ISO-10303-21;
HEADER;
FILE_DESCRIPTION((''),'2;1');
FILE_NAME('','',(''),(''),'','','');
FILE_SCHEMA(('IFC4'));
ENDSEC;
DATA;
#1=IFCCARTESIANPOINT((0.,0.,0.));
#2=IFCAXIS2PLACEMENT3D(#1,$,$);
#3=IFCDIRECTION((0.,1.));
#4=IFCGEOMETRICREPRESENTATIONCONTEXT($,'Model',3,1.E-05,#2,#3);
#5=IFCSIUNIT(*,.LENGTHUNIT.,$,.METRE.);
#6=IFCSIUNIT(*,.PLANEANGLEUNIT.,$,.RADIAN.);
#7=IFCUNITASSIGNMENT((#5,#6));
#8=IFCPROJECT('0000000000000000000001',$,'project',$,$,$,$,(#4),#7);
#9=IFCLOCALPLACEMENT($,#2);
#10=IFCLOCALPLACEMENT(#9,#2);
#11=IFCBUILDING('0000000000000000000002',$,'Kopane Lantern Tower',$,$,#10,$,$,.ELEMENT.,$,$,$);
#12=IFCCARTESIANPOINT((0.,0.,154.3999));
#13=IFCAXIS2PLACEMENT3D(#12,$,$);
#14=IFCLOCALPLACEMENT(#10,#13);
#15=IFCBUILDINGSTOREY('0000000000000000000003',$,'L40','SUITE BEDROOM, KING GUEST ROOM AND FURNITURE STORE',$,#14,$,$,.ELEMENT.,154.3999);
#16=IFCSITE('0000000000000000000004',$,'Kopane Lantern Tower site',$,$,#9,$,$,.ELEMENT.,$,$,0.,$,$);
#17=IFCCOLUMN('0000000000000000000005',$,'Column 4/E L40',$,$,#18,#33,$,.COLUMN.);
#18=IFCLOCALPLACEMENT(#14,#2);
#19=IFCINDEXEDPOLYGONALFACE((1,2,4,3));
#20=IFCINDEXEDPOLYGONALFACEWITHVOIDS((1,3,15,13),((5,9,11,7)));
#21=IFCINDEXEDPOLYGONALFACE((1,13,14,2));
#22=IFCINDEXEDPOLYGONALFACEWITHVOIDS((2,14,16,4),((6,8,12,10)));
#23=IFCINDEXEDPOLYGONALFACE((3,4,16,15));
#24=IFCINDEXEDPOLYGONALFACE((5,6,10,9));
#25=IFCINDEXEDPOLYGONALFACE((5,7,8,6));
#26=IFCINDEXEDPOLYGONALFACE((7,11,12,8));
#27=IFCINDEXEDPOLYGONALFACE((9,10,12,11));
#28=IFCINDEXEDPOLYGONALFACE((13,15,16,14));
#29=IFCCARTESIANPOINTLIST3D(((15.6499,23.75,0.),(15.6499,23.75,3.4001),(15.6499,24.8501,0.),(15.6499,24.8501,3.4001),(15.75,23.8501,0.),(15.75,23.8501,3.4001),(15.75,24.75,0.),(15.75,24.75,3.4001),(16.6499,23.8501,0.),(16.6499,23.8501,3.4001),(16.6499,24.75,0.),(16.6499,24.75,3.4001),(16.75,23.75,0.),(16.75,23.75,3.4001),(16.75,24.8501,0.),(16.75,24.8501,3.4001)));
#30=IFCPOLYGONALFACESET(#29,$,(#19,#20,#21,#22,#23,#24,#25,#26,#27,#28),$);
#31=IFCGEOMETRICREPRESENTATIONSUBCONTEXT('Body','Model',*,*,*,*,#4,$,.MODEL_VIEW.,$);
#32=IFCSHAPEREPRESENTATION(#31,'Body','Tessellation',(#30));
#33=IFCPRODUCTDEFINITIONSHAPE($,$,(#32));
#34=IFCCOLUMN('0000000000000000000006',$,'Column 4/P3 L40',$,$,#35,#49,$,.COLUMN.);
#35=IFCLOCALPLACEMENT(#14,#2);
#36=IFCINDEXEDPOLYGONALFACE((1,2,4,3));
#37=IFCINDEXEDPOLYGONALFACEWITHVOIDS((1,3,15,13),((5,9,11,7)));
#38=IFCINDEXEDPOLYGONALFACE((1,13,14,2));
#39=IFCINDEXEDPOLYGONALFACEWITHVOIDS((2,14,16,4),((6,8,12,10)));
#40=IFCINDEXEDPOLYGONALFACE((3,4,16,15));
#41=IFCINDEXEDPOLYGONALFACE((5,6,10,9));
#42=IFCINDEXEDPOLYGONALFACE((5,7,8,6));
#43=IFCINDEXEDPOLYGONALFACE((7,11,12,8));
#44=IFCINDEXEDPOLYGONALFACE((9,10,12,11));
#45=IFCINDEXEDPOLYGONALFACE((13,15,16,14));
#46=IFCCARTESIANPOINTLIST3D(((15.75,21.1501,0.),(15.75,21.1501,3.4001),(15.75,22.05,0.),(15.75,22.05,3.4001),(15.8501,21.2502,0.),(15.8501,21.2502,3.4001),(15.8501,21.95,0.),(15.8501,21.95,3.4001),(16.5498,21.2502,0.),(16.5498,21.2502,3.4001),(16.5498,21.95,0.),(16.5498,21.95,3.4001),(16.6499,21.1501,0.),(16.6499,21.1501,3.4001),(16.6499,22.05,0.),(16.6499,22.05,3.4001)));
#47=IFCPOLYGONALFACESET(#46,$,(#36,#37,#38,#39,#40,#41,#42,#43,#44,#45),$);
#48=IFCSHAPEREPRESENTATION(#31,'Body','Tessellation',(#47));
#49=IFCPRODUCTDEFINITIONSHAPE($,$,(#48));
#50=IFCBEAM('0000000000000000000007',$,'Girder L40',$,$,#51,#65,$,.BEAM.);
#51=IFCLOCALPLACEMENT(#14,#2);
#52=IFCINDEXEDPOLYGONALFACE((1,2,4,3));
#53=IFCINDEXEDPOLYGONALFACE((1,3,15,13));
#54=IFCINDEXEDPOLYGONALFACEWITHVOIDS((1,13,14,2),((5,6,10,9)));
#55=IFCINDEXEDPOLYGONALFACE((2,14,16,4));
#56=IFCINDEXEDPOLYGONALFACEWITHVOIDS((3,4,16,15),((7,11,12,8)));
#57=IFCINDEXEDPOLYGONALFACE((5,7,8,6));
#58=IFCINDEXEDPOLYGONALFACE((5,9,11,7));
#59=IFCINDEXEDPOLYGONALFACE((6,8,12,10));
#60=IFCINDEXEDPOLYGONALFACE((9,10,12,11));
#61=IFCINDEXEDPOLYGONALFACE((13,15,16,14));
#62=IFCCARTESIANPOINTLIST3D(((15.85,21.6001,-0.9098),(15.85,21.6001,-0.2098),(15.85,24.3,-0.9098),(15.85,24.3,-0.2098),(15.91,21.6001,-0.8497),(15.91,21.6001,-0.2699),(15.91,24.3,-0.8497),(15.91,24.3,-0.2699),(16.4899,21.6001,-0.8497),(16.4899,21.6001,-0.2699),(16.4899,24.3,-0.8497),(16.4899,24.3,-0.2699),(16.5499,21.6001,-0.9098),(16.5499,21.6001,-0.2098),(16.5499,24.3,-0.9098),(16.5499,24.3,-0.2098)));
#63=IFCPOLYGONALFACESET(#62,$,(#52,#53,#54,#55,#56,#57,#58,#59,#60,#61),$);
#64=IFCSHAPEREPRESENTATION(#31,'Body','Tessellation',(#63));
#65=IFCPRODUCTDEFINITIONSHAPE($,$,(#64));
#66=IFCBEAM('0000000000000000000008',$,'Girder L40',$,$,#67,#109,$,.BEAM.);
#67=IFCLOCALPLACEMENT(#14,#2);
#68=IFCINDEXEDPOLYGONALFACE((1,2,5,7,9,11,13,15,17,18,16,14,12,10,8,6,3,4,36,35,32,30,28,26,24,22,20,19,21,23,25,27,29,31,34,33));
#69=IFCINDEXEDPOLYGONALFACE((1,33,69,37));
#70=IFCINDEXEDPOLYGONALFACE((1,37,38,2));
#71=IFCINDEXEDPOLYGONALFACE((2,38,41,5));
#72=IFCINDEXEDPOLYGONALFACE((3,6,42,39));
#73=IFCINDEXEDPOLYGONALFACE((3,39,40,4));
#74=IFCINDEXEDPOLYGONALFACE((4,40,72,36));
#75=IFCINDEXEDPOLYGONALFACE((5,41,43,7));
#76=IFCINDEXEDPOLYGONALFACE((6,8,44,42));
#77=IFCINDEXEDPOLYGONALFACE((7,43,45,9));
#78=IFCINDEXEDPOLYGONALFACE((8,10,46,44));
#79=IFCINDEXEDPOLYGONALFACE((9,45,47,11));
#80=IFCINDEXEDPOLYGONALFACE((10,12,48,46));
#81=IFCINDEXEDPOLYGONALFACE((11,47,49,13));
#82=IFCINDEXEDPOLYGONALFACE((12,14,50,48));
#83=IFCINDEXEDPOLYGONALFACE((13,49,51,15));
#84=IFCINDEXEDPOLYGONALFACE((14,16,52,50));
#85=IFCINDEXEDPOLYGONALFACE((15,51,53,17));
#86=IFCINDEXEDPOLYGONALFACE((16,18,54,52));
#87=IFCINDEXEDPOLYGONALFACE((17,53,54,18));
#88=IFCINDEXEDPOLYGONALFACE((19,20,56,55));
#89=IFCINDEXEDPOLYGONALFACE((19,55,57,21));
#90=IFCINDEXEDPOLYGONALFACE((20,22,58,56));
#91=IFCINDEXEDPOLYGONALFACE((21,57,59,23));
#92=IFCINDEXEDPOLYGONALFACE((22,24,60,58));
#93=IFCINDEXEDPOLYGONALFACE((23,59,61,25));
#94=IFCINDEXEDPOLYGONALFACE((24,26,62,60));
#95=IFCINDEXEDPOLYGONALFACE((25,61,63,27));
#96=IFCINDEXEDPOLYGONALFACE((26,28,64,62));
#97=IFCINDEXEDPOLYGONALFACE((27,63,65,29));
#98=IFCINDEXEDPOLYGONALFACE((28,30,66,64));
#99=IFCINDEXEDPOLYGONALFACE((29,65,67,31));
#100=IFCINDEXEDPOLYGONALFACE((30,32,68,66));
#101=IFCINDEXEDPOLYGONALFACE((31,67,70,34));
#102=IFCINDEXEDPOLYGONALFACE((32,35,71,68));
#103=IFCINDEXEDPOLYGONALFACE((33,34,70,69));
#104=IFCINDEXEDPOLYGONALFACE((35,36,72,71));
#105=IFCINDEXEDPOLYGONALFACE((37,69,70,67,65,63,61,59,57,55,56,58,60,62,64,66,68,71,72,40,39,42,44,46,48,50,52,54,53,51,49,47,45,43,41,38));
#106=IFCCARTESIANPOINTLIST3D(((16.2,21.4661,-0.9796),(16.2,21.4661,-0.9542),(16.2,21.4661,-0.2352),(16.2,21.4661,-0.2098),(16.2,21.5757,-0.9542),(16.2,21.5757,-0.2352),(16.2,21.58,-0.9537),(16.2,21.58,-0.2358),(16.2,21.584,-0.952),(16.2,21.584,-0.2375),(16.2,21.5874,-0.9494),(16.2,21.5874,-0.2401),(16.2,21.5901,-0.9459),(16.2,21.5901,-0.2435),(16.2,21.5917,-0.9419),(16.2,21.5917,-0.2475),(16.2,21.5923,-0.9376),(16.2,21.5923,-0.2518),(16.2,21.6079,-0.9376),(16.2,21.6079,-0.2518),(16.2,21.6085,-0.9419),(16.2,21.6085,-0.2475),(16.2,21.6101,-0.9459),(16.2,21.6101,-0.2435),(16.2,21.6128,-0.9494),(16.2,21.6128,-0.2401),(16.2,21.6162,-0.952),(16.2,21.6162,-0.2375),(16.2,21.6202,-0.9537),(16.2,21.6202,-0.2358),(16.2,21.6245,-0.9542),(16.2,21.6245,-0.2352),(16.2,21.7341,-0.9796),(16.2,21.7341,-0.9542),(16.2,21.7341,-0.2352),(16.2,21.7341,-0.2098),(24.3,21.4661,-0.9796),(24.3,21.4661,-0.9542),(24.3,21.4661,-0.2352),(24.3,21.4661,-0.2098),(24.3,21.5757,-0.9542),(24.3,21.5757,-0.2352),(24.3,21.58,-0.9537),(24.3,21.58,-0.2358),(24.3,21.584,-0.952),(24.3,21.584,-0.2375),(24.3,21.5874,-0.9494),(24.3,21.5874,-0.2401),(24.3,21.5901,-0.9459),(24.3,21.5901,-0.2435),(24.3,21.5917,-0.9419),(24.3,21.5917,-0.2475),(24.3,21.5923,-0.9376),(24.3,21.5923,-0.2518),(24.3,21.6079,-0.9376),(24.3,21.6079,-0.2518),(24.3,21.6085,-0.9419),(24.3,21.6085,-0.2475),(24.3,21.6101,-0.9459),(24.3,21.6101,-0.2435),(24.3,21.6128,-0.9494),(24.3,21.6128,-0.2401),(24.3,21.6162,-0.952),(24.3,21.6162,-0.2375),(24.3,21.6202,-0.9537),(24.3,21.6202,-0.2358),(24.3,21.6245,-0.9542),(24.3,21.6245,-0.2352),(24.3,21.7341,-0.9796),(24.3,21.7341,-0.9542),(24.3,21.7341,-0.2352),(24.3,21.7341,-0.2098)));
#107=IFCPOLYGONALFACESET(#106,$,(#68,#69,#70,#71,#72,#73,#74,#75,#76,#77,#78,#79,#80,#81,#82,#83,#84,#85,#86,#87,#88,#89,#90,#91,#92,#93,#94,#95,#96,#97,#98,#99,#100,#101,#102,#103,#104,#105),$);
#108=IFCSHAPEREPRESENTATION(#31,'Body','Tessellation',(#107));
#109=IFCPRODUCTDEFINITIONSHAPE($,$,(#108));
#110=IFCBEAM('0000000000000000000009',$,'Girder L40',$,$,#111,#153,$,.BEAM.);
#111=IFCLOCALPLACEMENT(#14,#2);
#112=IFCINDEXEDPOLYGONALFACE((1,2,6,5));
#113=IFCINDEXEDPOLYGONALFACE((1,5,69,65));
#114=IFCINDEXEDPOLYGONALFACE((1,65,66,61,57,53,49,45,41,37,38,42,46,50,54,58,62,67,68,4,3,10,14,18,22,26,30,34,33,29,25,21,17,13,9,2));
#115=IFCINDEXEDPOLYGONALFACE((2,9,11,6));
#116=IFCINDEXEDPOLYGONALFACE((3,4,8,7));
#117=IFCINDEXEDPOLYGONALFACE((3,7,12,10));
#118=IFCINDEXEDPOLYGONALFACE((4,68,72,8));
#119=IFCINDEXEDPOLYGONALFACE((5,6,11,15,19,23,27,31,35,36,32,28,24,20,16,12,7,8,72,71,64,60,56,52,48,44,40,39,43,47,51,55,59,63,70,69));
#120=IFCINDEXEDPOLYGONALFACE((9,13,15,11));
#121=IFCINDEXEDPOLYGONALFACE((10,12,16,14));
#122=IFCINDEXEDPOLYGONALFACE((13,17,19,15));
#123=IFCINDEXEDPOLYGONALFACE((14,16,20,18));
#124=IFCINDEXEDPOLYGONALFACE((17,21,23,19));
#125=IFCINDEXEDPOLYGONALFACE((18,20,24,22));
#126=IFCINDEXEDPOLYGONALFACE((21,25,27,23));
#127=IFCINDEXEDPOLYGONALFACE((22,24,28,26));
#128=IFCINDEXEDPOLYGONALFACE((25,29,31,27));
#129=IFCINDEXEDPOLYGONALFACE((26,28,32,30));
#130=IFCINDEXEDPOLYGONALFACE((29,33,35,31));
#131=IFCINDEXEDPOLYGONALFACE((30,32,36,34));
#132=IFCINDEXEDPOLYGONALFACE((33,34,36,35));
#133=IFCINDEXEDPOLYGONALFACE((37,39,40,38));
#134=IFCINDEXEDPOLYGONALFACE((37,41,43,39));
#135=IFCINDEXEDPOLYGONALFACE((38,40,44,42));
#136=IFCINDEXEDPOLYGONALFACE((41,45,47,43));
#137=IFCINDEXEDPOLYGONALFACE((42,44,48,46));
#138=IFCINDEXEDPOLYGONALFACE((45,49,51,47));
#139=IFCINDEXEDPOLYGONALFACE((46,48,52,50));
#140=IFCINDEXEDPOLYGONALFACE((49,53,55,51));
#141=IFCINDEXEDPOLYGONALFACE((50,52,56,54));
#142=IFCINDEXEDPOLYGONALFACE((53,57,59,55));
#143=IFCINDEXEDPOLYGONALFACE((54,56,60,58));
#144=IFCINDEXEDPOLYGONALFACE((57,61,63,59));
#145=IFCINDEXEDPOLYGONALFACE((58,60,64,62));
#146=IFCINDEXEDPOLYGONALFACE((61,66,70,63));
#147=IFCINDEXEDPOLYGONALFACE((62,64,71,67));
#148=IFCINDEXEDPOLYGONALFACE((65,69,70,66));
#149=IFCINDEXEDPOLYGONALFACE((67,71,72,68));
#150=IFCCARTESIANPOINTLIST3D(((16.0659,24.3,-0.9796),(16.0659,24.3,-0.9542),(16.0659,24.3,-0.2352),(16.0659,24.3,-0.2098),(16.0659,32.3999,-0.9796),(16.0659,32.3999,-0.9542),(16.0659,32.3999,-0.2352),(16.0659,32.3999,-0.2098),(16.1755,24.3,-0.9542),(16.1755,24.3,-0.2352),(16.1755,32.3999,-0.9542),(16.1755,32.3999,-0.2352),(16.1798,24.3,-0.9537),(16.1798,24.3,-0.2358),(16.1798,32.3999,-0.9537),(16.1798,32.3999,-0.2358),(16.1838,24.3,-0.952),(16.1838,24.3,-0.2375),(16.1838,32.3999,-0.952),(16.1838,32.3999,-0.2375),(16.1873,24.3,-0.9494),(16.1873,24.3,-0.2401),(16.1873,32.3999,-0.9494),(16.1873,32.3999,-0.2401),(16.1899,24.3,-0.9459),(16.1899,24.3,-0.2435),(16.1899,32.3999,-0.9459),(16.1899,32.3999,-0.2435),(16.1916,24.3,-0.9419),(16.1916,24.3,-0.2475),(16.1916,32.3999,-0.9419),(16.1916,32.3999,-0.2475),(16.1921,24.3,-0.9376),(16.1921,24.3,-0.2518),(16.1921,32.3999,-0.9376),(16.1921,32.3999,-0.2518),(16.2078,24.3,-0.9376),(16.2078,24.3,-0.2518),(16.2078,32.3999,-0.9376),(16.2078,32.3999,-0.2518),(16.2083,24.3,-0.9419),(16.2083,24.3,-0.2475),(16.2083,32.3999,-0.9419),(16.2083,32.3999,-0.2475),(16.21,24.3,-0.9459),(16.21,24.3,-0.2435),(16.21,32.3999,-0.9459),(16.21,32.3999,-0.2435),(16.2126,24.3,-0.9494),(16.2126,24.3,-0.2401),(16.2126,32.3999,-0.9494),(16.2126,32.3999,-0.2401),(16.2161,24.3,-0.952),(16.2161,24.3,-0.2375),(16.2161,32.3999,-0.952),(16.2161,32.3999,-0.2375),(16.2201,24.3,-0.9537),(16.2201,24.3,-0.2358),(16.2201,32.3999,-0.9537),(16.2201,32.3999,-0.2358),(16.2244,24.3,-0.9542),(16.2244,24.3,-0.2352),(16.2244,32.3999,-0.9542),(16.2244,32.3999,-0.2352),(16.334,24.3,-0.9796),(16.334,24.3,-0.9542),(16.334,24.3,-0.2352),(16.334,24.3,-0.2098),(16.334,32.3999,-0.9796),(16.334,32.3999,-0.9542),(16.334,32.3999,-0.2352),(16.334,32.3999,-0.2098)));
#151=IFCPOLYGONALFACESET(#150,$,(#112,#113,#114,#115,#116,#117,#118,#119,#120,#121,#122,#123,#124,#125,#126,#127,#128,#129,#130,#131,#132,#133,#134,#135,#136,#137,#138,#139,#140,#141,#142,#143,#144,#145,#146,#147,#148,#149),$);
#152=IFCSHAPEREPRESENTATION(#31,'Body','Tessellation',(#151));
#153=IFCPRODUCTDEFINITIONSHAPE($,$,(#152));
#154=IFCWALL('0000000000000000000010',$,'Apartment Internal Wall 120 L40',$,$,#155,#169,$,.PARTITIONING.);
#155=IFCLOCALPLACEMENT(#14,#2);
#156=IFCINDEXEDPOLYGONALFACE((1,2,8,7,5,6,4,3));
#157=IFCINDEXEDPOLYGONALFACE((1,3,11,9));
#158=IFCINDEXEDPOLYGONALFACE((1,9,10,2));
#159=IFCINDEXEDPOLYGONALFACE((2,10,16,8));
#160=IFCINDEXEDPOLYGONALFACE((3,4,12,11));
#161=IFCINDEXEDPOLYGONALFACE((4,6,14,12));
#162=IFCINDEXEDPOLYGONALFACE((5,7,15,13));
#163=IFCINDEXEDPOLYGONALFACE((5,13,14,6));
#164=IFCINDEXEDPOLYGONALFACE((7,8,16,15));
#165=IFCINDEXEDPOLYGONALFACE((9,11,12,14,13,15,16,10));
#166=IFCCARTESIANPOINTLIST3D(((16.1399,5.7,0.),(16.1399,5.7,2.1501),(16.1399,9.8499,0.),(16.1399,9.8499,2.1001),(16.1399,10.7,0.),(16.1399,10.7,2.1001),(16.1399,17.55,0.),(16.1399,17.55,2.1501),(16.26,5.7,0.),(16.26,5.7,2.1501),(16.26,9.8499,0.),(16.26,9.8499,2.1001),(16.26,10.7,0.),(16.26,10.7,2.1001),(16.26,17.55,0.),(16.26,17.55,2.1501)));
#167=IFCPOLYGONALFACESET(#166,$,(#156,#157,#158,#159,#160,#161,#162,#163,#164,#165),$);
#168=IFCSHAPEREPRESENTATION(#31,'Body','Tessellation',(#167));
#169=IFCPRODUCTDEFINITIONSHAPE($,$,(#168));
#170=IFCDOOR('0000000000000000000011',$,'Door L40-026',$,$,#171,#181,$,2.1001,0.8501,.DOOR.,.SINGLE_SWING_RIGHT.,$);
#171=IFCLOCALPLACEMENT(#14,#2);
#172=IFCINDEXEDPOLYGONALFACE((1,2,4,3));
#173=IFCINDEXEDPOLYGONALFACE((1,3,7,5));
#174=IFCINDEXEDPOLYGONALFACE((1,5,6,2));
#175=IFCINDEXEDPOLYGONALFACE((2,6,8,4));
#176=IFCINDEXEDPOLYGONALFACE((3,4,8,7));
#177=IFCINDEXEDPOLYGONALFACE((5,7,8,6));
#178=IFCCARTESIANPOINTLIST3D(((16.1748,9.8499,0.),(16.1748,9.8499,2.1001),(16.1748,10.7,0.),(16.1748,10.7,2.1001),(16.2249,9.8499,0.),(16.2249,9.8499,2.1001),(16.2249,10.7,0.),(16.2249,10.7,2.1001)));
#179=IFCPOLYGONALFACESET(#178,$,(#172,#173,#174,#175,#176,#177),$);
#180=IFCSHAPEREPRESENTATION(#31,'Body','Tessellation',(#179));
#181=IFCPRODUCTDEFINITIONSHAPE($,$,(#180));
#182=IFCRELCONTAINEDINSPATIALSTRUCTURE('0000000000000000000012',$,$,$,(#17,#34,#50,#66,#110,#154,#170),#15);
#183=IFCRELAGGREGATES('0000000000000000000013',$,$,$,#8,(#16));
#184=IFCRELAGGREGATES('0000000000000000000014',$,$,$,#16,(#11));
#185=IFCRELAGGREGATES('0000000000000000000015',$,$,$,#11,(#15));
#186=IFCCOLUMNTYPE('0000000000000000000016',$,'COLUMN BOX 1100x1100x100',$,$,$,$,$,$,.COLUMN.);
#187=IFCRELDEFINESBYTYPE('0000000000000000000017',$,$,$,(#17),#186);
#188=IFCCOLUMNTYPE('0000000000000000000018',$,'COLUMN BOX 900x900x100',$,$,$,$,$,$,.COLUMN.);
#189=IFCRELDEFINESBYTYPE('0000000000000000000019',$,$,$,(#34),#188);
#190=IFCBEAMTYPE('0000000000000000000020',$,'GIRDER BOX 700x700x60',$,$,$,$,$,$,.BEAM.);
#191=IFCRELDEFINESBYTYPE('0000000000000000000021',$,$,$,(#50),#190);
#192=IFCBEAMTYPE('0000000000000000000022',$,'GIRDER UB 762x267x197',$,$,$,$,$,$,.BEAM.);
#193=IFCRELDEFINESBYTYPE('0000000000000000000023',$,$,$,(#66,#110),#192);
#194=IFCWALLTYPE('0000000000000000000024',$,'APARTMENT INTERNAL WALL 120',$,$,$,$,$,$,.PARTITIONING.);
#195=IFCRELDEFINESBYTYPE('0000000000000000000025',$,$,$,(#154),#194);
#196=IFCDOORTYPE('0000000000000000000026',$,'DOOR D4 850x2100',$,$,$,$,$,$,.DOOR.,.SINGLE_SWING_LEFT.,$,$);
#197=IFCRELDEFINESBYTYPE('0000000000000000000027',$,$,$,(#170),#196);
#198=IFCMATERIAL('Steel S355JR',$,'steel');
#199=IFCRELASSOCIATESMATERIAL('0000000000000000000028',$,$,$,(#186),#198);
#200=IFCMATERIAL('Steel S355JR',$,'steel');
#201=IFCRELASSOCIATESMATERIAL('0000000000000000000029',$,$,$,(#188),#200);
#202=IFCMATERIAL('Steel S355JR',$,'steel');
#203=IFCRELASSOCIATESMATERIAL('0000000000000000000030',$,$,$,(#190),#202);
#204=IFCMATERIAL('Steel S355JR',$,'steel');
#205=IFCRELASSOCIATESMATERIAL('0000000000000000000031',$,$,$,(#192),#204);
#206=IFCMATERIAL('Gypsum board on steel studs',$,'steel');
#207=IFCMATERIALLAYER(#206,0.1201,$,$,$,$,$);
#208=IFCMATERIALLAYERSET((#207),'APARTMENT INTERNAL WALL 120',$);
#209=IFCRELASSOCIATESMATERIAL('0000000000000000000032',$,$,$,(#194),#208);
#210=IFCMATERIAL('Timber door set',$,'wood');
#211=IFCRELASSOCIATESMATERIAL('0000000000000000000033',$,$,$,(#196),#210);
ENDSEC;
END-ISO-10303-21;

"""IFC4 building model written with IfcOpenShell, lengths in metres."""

from ifc_helpers import new_model, si_unit, direction, frame, frame_2d, origin, origin_2d, place, context, subcontext, project, spatial, rectangle, hollow_rectangle, i_section, extrude, material, layer, layer_set, material_profile, profile_set, type_object, element, fill, save


model = new_model("IFC4")

# Units and contexts
model_context = context("Model", 3, precision=1e-05, world=origin(), true_north=direction((0.0, 1.0)))
body_context = subcontext(model_context, "Body", "Model", "MODEL_VIEW")
ifc_project = project(units=[si_unit("LENGTHUNIT", "METRE"), si_unit("PLANEANGLEUNIT", "RADIAN")], contexts=[model_context])

# Site, building, storey
site_placement = place(None, origin())
site = spatial("IfcSite", under=ifc_project, at=site_placement, Name="Kopane Lantern Tower site", CompositionType="ELEMENT", RefElevation=0.0)
building_placement = place(site_placement, origin())
building = spatial("IfcBuilding", under=site, at=building_placement, Name="Kopane Lantern Tower", CompositionType="ELEMENT")
storey_placement = place(building_placement, frame((0.0, 0.0, 154.3999)))
storey = spatial("IfcBuildingStorey", under=building, at=storey_placement, Name="L40", Description="SUITE BEDROOM, KING GUEST ROOM AND FURNITURE STORE", CompositionType="ELEMENT", Elevation=154.3999)

# Columns
ifc_material_1 = material(Name="Steel S355JR", Category="steel")
ifc_material_profile_1 = material_profile(ifc_material_1, hollow_rectangle(XDim=1.1001, YDim=1.1001, WallThickness=0.1001, at=origin_2d()), Name="BOX 1100x1100x100")
ifc_profile_set_1 = profile_set([ifc_material_profile_1], Name="Steel S355JR")
column_type_1 = type_object("IfcColumnType", Name="COLUMN BOX 1100x1100x100", PredefinedType="COLUMN", material=ifc_profile_set_1)
column_1_placement = place(storey_placement, frame((16.2, 24.3, 0.0), z_axis=(0.0, 0.0, 1.0), x_axis=(1.0, 0.0, 0.0)))
element("IfcColumn", 1, at=column_1_placement, inside=storey, type_object=column_type_1, Name="Column 4/E L40", PredefinedType="COLUMN", context=body_context, shape_type="SweptSolid", body=[
    extrude(hollow_rectangle(XDim=1.1001, YDim=1.1001, WallThickness=0.1001, at=origin_2d()), origin(), (0.0, 0.0, 1.0), 3.4001),
])
ifc_material_2 = material(Name="Steel S355JR", Category="steel")
ifc_material_profile_2 = material_profile(ifc_material_2, hollow_rectangle(XDim=0.8999, YDim=0.8999, WallThickness=0.1001, at=origin_2d()), Name="BOX 900x900x100")
ifc_profile_set_2 = profile_set([ifc_material_profile_2], Name="Steel S355JR")
column_type_2 = type_object("IfcColumnType", Name="COLUMN BOX 900x900x100", PredefinedType="COLUMN", material=ifc_profile_set_2)
column_2_placement = place(storey_placement, frame((16.2, 21.6001, 0.0), z_axis=(0.0, 0.0, 1.0), x_axis=(1.0, 0.0, 0.0)))
element("IfcColumn", 2, at=column_2_placement, inside=storey, type_object=column_type_2, Name="Column 4/P3 L40", PredefinedType="COLUMN", context=body_context, shape_type="SweptSolid", body=[
    extrude(hollow_rectangle(XDim=0.8999, YDim=0.8999, WallThickness=0.1001, at=origin_2d()), origin(), (0.0, 0.0, 1.0), 3.4001),
])

# Beams
ifc_material_3 = material(Name="Steel S355JR", Category="steel")
ifc_material_profile_3 = material_profile(ifc_material_3, hollow_rectangle(XDim=0.7, YDim=0.7, WallThickness=0.0601, at=origin_2d()), Name="BOX 700x700x60")
ifc_profile_set_3 = profile_set([ifc_material_profile_3], Name="Steel S355JR")
beam_type_1 = type_object("IfcBeamType", Name="GIRDER BOX 700x700x60", PredefinedType="BEAM", material=ifc_profile_set_3)
beam_1_placement = place(storey_placement, frame((16.2, 21.6001, -0.5598), z_axis=(0.0, 1.0, 0.0), x_axis=(-1.0, 0.0, 0.0)))
element("IfcBeam", 3, at=beam_1_placement, inside=storey, type_object=beam_type_1, Name="Girder L40", PredefinedType="BEAM", context=body_context, shape_type="SweptSolid", body=[
    extrude(hollow_rectangle(XDim=0.7, YDim=0.7, WallThickness=0.0601, at=origin_2d()), origin(), (0.0, 0.0, 1.0), 2.7),
])
ifc_material_4 = material(Name="Steel S355JR", Category="steel")
ifc_material_profile_4 = material_profile(ifc_material_4, i_section(OverallWidth=0.2681, OverallDepth=0.7698, WebThickness=0.0156, FlangeThickness=0.0254, FilletRadius=0.0166, at=origin_2d()), Name="UB 762x267x197")
ifc_profile_set_4 = profile_set([ifc_material_profile_4], Name="Steel S355JR")
beam_type_2 = type_object("IfcBeamType", Name="GIRDER UB 762x267x197", PredefinedType="BEAM", material=ifc_profile_set_4)
beam_2_placement = place(storey_placement, frame((16.2, 21.6001, -0.5947), z_axis=(1.0, 0.0, 0.0), x_axis=(0.0, 1.0, 0.0)))
element("IfcBeam", 4, at=beam_2_placement, inside=storey, type_object=beam_type_2, Name="Girder L40", PredefinedType="BEAM", context=body_context, shape_type="SweptSolid", body=[
    extrude(i_section(OverallWidth=0.2681, OverallDepth=0.7698, WebThickness=0.0156, FlangeThickness=0.0254, FilletRadius=0.0166, at=origin_2d()), origin(), (0.0, 0.0, 1.0), 8.1001),
])
beam_3_placement = place(storey_placement, frame((16.2, 24.3, -0.5947), z_axis=(0.0, 1.0, 0.0), x_axis=(-1.0, 0.0, 0.0)))
element("IfcBeam", 5, at=beam_3_placement, inside=storey, type_object=beam_type_2, Name="Girder L40", PredefinedType="BEAM", context=body_context, shape_type="SweptSolid", body=[
    extrude(i_section(OverallWidth=0.2681, OverallDepth=0.7698, WebThickness=0.0156, FlangeThickness=0.0254, FilletRadius=0.0166, at=origin_2d()), origin(), (0.0, 0.0, 1.0), 8.0999),
])

# Wall, opening, door
ifc_material_5 = material(Name="Gypsum board on steel studs", Category="steel")
ifc_layer_1 = layer(ifc_material_5, 0.1201)
ifc_layer_set_1 = layer_set([ifc_layer_1], Name="APARTMENT INTERNAL WALL 120")
wall_type_1 = type_object("IfcWallType", Name="APARTMENT INTERNAL WALL 120", PredefinedType="PARTITIONING", material=ifc_layer_set_1)
wall_1_placement = place(storey_placement, frame((16.2, 17.55, 0.0), z_axis=(0.0, 0.0, 1.0), x_axis=(0.0, -1.0, 0.0)))
wall_1 = element("IfcWall", 6, at=wall_1_placement, inside=storey, type_object=wall_type_1, Name="Apartment Internal Wall 120 L40", PredefinedType="PARTITIONING", context=body_context, shape_type="SweptSolid", body=[
    extrude(rectangle(XDim=11.8501, YDim=0.1201, at=frame_2d((5.925, 0.0))), origin(), (0.0, 0.0, 1.0), 2.1501),
])
opening_1_placement = place(wall_1_placement, frame((6.8501, 0.0, 0.0)))
opening_1 = element("IfcOpeningElement", 7, at=opening_1_placement, cuts=wall_1, PredefinedType="OPENING", context=body_context, shape_type="SweptSolid", body=[
    extrude(rectangle(XDim=0.8501, YDim=2.1001, at=frame_2d((0.425, 1.05))), frame((0.0, 0.0701, 0.0), z_axis=(0.0, -1.0, 0.0), x_axis=(1.0, 0.0, 0.0)), (0.0, 0.0, 1.0), 0.1401),
])
ifc_material_6 = material(Name="Timber door set", Category="wood")
door_type_1 = type_object("IfcDoorType", Name="DOOR D4 850x2100", OperationType="SINGLE_SWING_LEFT", PredefinedType="DOOR", material=ifc_material_6)
door_1_placement = place(opening_1_placement, origin())
door_1 = element("IfcDoor", 8, at=door_1_placement, inside=storey, type_object=door_type_1, Name="Door L40-026", OperationType="SINGLE_SWING_RIGHT", OverallHeight=2.1001, OverallWidth=0.8501, PredefinedType="DOOR", context=body_context, shape_type="SweptSolid", body=[
    extrude(rectangle(XDim=0.8501, YDim=2.1001, at=frame_2d((0.425, 1.05))), frame((0.0, 0.0249, 0.0), z_axis=(0.0, -1.0, 0.0), x_axis=(1.0, 0.0, 0.0)), (0.0, 0.0, 1.0), 0.05),
])
fill(opening_1, door_1)

save(model, "model.ifc")
